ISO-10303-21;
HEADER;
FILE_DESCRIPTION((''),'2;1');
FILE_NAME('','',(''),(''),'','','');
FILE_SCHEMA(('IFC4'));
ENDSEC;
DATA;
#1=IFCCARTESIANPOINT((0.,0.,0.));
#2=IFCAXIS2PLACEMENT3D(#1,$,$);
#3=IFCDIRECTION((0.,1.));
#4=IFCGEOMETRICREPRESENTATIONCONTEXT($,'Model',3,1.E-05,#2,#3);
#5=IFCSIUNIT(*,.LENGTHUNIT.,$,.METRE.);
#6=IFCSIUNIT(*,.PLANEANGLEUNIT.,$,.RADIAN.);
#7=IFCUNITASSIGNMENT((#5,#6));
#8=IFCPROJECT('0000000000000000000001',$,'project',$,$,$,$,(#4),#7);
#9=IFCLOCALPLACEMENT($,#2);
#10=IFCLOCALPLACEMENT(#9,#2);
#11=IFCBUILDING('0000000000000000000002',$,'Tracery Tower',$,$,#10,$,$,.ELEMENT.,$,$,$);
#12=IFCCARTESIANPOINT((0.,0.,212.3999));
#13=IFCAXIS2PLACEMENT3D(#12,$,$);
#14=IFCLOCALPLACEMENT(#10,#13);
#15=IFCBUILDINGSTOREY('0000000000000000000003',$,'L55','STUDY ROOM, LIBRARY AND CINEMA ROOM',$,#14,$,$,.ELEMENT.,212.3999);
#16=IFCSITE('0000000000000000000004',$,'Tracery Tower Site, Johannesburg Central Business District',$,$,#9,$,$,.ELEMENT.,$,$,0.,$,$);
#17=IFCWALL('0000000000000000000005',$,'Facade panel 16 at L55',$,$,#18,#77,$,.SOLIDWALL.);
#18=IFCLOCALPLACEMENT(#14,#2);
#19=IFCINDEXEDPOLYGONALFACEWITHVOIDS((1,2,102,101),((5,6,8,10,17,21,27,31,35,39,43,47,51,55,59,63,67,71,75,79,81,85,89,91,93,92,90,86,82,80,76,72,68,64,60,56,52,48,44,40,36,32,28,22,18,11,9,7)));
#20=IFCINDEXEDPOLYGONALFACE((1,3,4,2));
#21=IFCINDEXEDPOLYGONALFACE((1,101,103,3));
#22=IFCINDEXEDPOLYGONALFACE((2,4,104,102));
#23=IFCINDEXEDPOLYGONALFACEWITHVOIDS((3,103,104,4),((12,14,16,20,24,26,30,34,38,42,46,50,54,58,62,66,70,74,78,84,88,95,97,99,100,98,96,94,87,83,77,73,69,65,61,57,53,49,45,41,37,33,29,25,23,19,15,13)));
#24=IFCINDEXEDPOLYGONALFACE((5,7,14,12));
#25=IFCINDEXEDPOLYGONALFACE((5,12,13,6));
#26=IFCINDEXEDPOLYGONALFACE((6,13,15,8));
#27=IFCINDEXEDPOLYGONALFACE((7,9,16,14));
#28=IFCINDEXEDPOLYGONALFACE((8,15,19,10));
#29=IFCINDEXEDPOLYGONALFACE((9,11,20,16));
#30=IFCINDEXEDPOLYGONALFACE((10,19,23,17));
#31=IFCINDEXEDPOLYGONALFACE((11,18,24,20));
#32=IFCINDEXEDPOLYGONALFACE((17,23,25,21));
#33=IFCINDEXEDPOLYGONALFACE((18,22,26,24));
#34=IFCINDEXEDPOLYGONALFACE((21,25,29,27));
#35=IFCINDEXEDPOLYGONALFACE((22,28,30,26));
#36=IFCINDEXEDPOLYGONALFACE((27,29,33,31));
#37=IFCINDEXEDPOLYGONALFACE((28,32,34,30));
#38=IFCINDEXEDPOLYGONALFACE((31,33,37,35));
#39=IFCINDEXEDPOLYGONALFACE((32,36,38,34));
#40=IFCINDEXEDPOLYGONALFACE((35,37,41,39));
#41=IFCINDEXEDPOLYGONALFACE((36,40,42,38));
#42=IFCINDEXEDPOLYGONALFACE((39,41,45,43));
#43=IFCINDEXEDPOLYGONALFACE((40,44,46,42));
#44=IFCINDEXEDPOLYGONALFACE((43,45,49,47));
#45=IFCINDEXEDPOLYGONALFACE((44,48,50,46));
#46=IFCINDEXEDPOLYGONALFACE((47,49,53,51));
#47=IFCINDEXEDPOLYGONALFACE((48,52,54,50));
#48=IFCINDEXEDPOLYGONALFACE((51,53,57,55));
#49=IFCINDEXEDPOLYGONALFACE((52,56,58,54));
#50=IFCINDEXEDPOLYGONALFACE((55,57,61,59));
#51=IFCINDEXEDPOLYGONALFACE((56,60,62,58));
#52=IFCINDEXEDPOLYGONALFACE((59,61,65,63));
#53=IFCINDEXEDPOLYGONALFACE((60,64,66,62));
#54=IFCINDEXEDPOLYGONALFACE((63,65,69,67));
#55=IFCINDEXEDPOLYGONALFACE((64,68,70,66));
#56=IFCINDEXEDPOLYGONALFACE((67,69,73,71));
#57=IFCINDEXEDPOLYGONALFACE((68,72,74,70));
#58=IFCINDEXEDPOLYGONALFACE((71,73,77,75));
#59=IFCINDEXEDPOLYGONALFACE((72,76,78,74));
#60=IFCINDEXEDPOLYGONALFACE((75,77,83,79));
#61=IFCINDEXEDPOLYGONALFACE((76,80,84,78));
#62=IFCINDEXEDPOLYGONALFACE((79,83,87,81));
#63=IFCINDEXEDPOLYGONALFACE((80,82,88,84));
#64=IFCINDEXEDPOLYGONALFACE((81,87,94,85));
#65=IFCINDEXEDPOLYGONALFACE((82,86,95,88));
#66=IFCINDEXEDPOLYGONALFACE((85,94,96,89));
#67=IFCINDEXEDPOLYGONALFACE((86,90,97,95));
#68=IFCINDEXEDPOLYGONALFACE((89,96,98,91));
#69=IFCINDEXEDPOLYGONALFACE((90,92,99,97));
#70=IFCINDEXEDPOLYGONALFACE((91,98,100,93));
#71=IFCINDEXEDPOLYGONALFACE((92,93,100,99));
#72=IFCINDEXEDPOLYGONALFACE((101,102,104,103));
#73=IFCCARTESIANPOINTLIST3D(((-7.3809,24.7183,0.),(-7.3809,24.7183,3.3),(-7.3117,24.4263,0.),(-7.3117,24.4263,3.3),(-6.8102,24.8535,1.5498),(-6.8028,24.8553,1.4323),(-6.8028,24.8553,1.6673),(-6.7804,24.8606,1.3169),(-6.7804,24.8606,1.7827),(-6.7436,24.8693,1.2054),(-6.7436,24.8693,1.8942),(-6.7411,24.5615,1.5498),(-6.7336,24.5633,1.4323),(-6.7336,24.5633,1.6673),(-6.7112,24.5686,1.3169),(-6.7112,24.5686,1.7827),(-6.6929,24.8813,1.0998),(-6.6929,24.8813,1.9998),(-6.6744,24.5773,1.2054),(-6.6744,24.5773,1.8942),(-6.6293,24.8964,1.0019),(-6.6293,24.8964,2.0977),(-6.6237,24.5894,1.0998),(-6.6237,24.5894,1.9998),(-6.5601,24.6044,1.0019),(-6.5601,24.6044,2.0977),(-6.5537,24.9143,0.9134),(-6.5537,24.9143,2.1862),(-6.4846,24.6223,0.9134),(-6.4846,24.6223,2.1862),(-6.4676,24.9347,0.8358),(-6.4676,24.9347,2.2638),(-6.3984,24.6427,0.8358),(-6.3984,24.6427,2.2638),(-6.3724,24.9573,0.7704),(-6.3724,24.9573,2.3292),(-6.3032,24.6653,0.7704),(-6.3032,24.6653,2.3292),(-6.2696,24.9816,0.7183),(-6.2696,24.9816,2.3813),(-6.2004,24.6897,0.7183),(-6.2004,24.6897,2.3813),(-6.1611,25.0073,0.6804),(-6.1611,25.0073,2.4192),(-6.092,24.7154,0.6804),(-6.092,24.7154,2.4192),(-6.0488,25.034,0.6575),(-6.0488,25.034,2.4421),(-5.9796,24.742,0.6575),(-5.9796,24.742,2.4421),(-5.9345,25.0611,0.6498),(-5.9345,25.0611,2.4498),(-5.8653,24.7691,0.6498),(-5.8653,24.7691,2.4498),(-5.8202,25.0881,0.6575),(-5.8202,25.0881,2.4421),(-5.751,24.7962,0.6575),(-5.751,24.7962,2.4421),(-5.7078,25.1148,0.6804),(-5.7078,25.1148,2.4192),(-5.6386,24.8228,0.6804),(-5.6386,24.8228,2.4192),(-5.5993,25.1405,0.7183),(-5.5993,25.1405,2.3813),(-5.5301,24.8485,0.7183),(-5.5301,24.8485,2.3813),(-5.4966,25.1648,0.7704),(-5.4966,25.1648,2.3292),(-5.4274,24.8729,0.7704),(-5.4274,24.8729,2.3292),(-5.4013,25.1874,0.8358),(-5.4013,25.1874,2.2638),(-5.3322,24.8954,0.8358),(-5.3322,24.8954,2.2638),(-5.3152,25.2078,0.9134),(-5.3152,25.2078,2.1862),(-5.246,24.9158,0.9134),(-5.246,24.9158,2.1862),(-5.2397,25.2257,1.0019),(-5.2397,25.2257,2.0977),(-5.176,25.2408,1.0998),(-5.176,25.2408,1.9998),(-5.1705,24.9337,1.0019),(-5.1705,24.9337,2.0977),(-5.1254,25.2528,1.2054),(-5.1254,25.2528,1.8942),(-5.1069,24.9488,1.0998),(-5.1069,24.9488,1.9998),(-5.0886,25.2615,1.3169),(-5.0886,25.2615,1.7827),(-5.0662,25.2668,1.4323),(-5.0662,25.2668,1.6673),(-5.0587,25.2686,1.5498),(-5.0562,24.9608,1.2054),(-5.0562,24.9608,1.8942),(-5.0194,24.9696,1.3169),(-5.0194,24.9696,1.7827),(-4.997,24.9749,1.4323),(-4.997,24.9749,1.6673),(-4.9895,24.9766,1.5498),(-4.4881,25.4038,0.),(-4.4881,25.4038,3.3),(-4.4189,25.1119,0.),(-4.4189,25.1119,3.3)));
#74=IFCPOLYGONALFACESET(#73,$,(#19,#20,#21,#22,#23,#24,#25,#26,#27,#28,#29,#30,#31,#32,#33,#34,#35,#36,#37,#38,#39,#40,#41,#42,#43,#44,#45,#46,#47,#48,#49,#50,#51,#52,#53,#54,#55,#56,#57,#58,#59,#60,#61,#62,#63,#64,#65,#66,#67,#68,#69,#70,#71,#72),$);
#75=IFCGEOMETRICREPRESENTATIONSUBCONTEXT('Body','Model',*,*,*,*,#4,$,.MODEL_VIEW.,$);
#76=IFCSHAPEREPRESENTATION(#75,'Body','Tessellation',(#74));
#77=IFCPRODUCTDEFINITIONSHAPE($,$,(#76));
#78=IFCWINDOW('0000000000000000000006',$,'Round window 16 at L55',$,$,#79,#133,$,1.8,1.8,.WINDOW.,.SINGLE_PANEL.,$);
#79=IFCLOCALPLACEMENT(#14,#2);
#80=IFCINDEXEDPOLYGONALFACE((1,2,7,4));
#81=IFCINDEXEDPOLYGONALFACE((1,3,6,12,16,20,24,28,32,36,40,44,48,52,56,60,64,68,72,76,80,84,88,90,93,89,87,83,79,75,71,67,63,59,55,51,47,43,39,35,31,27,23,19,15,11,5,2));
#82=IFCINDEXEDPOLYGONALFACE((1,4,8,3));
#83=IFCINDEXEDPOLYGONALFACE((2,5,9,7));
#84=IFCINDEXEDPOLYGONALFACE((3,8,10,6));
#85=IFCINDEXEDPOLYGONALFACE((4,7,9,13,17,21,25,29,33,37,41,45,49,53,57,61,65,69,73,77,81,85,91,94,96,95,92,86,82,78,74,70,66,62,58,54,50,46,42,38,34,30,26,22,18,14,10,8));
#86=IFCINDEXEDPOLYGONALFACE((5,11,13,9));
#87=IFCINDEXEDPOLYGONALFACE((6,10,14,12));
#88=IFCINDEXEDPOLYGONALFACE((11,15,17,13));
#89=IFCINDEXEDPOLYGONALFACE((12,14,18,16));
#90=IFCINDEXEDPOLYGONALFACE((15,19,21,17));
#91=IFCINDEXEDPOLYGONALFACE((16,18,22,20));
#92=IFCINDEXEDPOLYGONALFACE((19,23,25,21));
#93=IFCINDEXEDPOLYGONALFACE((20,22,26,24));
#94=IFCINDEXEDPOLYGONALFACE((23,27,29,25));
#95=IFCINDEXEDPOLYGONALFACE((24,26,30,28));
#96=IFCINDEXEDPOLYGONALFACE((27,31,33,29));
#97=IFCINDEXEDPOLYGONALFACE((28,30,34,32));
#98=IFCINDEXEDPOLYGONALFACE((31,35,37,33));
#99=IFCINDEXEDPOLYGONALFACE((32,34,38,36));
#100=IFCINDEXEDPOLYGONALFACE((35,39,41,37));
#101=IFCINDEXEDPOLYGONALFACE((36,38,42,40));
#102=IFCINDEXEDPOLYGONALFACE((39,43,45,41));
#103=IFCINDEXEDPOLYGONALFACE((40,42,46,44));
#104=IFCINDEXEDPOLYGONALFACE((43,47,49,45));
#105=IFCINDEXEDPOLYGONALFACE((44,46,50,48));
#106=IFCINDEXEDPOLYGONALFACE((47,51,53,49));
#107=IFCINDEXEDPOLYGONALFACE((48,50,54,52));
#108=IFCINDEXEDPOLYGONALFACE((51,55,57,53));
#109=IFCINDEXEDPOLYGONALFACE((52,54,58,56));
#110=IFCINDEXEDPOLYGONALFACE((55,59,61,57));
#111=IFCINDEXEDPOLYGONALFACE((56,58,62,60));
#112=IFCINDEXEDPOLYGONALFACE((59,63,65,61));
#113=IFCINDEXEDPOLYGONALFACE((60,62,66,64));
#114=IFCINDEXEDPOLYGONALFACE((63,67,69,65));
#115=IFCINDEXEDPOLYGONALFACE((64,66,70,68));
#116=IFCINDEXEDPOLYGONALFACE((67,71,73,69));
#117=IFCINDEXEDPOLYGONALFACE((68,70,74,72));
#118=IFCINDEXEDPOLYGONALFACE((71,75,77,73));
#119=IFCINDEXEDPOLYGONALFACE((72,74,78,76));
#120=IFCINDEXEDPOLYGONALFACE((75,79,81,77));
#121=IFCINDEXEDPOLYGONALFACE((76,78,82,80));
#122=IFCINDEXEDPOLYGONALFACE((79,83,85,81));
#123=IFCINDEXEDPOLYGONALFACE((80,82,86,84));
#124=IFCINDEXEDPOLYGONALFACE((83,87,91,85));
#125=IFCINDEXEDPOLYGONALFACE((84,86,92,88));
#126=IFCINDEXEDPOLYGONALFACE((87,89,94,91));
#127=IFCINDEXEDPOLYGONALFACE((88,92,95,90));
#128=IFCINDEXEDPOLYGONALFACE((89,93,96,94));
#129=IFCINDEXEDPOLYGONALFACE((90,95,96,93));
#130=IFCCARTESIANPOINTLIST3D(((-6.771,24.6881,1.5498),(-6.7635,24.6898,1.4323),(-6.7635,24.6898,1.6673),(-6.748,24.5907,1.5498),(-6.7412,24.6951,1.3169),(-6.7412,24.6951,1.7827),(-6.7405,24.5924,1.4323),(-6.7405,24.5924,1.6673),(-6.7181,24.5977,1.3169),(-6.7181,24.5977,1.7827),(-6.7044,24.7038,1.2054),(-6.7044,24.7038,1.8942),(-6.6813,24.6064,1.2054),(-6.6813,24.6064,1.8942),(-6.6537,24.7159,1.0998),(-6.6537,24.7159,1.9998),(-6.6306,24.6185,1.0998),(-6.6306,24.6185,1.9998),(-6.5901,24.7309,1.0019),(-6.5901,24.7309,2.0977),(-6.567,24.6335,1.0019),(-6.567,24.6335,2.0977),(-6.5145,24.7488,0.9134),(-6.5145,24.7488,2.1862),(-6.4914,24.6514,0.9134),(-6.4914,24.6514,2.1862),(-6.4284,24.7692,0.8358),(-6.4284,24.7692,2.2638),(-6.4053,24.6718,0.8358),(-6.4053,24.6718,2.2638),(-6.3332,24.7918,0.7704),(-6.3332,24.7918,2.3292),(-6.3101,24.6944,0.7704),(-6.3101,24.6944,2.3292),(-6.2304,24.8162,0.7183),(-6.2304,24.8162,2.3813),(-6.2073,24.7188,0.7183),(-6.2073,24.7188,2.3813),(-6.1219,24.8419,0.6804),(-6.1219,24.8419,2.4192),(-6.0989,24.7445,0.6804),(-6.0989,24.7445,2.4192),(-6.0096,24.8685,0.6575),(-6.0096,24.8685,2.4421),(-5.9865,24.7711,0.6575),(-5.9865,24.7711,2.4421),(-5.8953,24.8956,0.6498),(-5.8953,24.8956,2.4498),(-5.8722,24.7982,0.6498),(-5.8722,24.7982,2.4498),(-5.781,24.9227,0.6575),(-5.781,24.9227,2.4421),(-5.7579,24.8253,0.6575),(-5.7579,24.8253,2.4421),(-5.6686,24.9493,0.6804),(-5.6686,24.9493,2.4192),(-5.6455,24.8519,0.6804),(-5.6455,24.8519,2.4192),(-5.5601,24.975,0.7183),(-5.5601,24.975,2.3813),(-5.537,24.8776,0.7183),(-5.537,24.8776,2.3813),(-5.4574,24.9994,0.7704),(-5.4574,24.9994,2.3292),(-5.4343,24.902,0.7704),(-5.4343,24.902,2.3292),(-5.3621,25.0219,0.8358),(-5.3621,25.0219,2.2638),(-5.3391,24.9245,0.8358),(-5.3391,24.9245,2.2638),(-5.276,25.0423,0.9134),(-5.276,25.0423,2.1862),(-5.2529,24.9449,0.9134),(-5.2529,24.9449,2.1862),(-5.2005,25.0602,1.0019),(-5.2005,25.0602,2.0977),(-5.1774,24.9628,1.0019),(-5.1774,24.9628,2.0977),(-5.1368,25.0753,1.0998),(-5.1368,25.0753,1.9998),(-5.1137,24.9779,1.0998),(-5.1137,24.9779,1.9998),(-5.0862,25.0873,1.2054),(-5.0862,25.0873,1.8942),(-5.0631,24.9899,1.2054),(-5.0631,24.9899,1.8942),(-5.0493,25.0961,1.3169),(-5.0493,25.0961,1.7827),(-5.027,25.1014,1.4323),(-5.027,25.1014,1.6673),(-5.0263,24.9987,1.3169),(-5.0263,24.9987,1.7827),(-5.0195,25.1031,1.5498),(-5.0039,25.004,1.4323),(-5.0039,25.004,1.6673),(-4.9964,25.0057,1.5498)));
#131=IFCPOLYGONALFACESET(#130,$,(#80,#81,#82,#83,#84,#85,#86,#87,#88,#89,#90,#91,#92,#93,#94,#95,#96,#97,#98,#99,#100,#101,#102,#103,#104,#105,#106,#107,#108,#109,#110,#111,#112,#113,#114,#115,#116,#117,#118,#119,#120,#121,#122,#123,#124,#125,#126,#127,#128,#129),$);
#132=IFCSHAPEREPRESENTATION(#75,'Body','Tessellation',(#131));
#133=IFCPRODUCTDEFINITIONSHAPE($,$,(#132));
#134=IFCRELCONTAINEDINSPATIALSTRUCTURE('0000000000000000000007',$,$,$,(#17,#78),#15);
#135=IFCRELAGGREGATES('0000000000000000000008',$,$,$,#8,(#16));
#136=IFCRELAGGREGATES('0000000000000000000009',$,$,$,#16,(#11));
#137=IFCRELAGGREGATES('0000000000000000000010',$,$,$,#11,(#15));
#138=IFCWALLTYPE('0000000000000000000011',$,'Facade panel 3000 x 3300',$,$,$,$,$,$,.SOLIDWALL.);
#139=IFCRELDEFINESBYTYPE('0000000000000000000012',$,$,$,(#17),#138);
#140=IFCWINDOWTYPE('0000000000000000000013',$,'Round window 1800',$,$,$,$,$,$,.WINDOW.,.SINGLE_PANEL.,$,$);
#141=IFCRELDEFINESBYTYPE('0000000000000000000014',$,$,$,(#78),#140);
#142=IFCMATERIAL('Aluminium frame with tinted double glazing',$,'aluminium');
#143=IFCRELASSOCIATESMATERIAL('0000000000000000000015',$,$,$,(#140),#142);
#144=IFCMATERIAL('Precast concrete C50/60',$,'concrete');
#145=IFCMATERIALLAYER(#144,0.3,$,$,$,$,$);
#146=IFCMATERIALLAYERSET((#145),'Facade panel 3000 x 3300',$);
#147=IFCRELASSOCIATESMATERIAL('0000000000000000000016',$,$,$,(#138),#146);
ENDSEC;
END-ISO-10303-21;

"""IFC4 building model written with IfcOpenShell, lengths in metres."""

from ifc_helpers import new_model, si_unit, direction, frame, frame_2d, origin, origin_2d, place, context, subcontext, project, spatial, rectangle, circle, extrude, material, layer, layer_set, type_object, element, fill, save


model = new_model("IFC4")

# Units and contexts
model_context = context("Model", 3, precision=1e-05, world=origin(), true_north=direction((0.0, 1.0)))
body_context = subcontext(model_context, "Body", "Model", "MODEL_VIEW")
ifc_project = project(units=[si_unit("LENGTHUNIT", "METRE"), si_unit("PLANEANGLEUNIT", "RADIAN")], contexts=[model_context])

# Site, building, storey
site_placement = place(None, origin())
site = spatial("IfcSite", under=ifc_project, at=site_placement, Name="Tracery Tower Site, Johannesburg Central Business District", CompositionType="ELEMENT", RefElevation=0.0)
building_placement = place(site_placement, origin())
building = spatial("IfcBuilding", under=site, at=building_placement, Name="Tracery Tower", CompositionType="ELEMENT")
storey_placement = place(building_placement, frame((0.0, 0.0, 212.3999)))
storey = spatial("IfcBuildingStorey", under=building, at=storey_placement, Name="L55", Description="STUDY ROOM, LIBRARY AND CINEMA ROOM", CompositionType="ELEMENT", Elevation=212.3999)

# Wall, opening, window
ifc_material_1 = material(Name="Aluminium frame with tinted double glazing", Category="aluminium")
window_type = type_object("IfcWindowType", Name="Round window 1800", PartitioningType="SINGLE_PANEL", PredefinedType="WINDOW", material=ifc_material_1)
ifc_material_2 = material(Name="Precast concrete C50/60", Category="concrete")
ifc_layer_1 = layer(ifc_material_2, 0.3)
ifc_layer_set_1 = layer_set([ifc_layer_1], Name="Facade panel 3000 x 3300")
wall_type_1 = type_object("IfcWallType", Name="Facade panel 3000 x 3300", PredefinedType="SOLIDWALL", material=ifc_layer_set_1)
wall_1_placement = place(storey_placement, frame((-4.4536, 25.2578, 0.0), z_axis=(0.0, 0.0, 1.0), x_axis=(-0.97305, -0.230595, 0.0)))
wall_1 = element("IfcWall", 1, at=wall_1_placement, inside=storey, type_object=wall_type_1, Name="Facade panel 16 at L55", PredefinedType="SOLIDWALL", context=body_context, shape_type="SweptSolid", body=[
    extrude(rectangle(XDim=2.9729, YDim=0.3, at=frame_2d((1.4863, 0.0))), origin(), (0.0, 0.0, 1.0), 3.3),
])
opening_1_placement = place(wall_1_placement, frame((1.4863, 0.0, 1.5498)))
opening_1 = element("IfcOpeningElement", 2, at=opening_1_placement, cuts=wall_1, PredefinedType="OPENING", context=body_context, shape_type="SweptSolid", body=[
    extrude(circle(Radius=0.9, at=origin_2d()), frame((0.0, 0.1599, 0.0), z_axis=(0.0, -1.0, 0.0), x_axis=(1.0, 0.0, 0.0)), (0.0, 0.0, 1.0), 0.3201),
])
window_1_placement = place(opening_1_placement, origin())
window_1 = element("IfcWindow", 3, at=window_1_placement, inside=storey, type_object=window_type, Name="Round window 16 at L55", OverallHeight=1.8, OverallWidth=1.8, PartitioningType="SINGLE_PANEL", PredefinedType="WINDOW", context=body_context, shape_type="SweptSolid", body=[
    extrude(circle(Radius=0.9, at=origin_2d()), frame((0.0, 0.1201, 0.0), z_axis=(0.0, -1.0, 0.0), x_axis=(1.0, 0.0, 0.0)), (0.0, 0.0, 1.0), 0.1001),
])
fill(opening_1, window_1)

save(model, "model.ifc")
